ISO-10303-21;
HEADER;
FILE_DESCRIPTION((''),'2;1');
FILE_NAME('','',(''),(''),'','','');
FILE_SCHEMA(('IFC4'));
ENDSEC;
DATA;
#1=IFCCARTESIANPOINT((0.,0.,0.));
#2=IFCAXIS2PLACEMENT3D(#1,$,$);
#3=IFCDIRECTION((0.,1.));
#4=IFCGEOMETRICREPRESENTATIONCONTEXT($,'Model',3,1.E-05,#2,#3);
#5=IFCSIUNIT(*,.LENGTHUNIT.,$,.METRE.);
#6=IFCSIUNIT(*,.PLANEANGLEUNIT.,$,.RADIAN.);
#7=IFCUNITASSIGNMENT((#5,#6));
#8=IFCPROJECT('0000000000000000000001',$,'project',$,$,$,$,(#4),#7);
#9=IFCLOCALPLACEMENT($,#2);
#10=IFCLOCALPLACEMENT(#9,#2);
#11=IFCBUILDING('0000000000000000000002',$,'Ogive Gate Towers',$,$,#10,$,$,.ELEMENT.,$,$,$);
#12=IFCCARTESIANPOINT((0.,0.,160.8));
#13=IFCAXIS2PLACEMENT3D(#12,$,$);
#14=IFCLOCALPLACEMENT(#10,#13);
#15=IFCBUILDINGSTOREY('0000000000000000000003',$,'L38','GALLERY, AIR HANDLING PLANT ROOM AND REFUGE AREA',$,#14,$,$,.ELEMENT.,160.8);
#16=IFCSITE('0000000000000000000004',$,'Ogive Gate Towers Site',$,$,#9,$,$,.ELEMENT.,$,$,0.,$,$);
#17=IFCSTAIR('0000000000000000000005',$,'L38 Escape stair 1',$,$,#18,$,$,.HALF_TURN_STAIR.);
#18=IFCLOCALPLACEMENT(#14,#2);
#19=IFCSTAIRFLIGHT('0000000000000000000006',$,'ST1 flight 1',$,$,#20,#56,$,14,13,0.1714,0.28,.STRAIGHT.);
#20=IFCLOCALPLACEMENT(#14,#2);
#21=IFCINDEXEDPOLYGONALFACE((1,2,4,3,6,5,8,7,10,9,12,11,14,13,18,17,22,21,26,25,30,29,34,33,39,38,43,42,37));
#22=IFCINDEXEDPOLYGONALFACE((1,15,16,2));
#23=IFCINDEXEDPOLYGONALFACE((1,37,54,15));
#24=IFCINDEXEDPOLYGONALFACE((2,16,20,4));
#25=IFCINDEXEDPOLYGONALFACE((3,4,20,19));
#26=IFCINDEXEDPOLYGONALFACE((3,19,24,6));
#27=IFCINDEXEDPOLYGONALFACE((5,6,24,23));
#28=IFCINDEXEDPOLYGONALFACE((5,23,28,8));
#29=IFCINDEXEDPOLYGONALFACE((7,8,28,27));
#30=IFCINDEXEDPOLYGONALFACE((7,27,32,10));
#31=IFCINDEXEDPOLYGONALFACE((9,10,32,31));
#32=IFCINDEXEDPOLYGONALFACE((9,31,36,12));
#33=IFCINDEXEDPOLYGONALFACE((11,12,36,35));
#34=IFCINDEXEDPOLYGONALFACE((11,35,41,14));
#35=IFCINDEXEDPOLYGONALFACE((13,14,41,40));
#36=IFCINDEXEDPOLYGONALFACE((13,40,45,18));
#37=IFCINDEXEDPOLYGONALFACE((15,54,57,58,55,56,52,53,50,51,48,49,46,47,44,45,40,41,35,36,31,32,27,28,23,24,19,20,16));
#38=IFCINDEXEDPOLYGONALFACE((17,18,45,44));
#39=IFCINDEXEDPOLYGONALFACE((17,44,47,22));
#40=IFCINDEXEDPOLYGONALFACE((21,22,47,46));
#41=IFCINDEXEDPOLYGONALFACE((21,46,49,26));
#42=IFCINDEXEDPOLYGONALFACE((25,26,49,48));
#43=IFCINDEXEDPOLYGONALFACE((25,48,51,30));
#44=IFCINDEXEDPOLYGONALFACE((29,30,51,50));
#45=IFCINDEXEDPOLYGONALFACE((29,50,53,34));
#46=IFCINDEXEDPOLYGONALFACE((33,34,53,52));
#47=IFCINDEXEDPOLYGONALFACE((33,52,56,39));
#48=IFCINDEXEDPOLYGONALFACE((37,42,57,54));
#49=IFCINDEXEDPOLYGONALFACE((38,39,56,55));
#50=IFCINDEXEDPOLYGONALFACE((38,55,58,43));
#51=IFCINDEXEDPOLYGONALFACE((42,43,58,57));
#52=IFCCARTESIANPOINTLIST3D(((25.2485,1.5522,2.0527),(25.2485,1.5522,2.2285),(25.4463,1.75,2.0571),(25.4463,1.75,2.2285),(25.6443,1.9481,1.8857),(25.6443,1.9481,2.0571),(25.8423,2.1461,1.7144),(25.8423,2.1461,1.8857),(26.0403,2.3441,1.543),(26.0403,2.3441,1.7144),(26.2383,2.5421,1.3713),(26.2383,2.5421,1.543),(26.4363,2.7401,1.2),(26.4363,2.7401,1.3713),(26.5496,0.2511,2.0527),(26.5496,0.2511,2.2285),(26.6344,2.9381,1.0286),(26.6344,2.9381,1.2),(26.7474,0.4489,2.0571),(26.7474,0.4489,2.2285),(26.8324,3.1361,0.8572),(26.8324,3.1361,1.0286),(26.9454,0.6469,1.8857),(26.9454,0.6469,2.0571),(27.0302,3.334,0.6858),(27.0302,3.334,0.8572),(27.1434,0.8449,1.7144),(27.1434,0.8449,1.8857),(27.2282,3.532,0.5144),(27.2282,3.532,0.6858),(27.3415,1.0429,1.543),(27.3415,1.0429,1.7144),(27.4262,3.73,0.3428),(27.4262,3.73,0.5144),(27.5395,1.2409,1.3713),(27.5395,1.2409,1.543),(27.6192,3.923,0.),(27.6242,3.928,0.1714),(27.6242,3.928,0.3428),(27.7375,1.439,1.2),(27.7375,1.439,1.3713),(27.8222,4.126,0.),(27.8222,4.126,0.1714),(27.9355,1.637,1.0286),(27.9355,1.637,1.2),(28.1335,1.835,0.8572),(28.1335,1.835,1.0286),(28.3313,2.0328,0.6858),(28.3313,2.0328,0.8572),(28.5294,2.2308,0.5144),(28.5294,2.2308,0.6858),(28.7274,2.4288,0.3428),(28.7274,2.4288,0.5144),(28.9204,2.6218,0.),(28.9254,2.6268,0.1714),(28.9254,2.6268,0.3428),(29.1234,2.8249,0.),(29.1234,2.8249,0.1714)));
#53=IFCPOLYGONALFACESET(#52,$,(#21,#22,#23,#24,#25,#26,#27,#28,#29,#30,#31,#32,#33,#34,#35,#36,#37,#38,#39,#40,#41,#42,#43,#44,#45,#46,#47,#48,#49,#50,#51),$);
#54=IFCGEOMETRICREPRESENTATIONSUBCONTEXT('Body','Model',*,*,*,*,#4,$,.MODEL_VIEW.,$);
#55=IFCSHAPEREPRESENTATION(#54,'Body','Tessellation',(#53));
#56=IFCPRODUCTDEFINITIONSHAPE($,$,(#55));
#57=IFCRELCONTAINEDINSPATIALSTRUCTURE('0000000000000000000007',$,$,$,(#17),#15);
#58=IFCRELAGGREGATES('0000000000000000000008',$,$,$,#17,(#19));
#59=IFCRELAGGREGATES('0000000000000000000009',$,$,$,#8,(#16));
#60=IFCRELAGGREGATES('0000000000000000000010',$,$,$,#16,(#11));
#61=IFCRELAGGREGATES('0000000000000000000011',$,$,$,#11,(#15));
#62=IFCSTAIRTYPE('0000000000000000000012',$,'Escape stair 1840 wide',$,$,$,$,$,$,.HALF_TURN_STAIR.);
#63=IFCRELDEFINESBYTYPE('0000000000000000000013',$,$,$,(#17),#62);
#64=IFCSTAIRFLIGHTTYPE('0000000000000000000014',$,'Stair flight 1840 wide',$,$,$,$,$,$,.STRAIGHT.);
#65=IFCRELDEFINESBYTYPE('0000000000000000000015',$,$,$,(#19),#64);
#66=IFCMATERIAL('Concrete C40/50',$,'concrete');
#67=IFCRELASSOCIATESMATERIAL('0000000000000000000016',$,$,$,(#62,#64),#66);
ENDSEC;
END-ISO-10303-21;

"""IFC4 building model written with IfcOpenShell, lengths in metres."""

from ifc_helpers import new_model, si_unit, direction, frame, origin, place, context, subcontext, project, spatial, polyline, outline, extrude, material, type_object, element, aggregate, save


model = new_model("IFC4")

# Units and contexts
model_context = context("Model", 3, precision=1e-05, world=origin(), true_north=direction((0.0, 1.0)))
body_context = subcontext(model_context, "Body", "Model", "MODEL_VIEW")
ifc_project = project(units=[si_unit("LENGTHUNIT", "METRE"), si_unit("PLANEANGLEUNIT", "RADIAN")], contexts=[model_context])

# Site, building, storey
site_placement = place(None, origin())
site = spatial("IfcSite", under=ifc_project, at=site_placement, Name="Ogive Gate Towers Site", CompositionType="ELEMENT", RefElevation=0.0)
building_placement = place(site_placement, origin())
building = spatial("IfcBuilding", under=site, at=building_placement, Name="Ogive Gate Towers", CompositionType="ELEMENT")
storey_placement = place(building_placement, frame((0.0, 0.0, 160.8)))
storey = spatial("IfcBuildingStorey", under=building, at=storey_placement, Name="L38", Description="GALLERY, AIR HANDLING PLANT ROOM AND REFUGE AREA", CompositionType="ELEMENT", Elevation=160.8)

# Stair, stair flight
ifc_material_1 = material(Name="Concrete C40/50", Category="concrete")
stair_type = type_object("IfcStairType", Name="Escape stair 1840 wide", PredefinedType="HALF_TURN_STAIR", material=ifc_material_1)
stair_placement = place(storey_placement, origin())
stair = element("IfcStair", 1, at=stair_placement, inside=storey, type_object=stair_type, Name="L38 Escape stair 1", PredefinedType="HALF_TURN_STAIR")
stair_flight_type = type_object("IfcStairFlightType", Name="Stair flight 1840 wide", PredefinedType="STRAIGHT", material=ifc_material_1)
stair_flight_placement = place(storey_placement, frame((28.4729, 3.4753, 0.0), z_axis=(0.0, 0.0, 1.0), x_axis=(-0.707107, -0.707107, 0.0)))
stair_flight = element("IfcStairFlight", 2, at=stair_flight_placement, type_object=stair_flight_type, Name="ST1 flight 1", NumberOfRisers=14, NumberOfTreads=13, PredefinedType="STRAIGHT", RiserHeight=0.1714, TreadLength=0.28, context=body_context, shape_type="SweptSolid", body=[
    extrude(outline(polyline([(0.0, 0.0), (0.0, 0.1714), (0.28, 0.1714), (0.28, 0.3428), (0.5601, 0.3428), (0.5601, 0.5144), (0.8401, 0.5144), (0.8401, 0.6858), (1.1201, 0.6858), (1.1201, 0.8572), (1.3999, 0.8572), (1.3999, 1.0286), (1.6799, 1.0286), (1.6799, 1.2), (1.96, 1.2), (1.96, 1.3713), (2.24, 1.3713), (2.24, 1.543), (2.52, 1.543), (2.52, 1.7144), (2.8, 1.7144), (2.8, 1.8857), (3.0801, 1.8857), (3.0801, 2.0571), (3.3601, 2.0571), (3.3601, 2.2285), (3.6399, 2.2285), (3.6399, 2.3999), (3.6399, 2.0527), (0.2871, 0.0), (0.0, 0.0)])), frame((0.0, 0.9199, 0.0), z_axis=(0.0, -1.0, 0.0), x_axis=(1.0, 0.0, 0.0)), (0.0, 0.0, 1.0), 1.8401),
])
aggregate(stair, [stair_flight])

save(model, "model.ifc")
